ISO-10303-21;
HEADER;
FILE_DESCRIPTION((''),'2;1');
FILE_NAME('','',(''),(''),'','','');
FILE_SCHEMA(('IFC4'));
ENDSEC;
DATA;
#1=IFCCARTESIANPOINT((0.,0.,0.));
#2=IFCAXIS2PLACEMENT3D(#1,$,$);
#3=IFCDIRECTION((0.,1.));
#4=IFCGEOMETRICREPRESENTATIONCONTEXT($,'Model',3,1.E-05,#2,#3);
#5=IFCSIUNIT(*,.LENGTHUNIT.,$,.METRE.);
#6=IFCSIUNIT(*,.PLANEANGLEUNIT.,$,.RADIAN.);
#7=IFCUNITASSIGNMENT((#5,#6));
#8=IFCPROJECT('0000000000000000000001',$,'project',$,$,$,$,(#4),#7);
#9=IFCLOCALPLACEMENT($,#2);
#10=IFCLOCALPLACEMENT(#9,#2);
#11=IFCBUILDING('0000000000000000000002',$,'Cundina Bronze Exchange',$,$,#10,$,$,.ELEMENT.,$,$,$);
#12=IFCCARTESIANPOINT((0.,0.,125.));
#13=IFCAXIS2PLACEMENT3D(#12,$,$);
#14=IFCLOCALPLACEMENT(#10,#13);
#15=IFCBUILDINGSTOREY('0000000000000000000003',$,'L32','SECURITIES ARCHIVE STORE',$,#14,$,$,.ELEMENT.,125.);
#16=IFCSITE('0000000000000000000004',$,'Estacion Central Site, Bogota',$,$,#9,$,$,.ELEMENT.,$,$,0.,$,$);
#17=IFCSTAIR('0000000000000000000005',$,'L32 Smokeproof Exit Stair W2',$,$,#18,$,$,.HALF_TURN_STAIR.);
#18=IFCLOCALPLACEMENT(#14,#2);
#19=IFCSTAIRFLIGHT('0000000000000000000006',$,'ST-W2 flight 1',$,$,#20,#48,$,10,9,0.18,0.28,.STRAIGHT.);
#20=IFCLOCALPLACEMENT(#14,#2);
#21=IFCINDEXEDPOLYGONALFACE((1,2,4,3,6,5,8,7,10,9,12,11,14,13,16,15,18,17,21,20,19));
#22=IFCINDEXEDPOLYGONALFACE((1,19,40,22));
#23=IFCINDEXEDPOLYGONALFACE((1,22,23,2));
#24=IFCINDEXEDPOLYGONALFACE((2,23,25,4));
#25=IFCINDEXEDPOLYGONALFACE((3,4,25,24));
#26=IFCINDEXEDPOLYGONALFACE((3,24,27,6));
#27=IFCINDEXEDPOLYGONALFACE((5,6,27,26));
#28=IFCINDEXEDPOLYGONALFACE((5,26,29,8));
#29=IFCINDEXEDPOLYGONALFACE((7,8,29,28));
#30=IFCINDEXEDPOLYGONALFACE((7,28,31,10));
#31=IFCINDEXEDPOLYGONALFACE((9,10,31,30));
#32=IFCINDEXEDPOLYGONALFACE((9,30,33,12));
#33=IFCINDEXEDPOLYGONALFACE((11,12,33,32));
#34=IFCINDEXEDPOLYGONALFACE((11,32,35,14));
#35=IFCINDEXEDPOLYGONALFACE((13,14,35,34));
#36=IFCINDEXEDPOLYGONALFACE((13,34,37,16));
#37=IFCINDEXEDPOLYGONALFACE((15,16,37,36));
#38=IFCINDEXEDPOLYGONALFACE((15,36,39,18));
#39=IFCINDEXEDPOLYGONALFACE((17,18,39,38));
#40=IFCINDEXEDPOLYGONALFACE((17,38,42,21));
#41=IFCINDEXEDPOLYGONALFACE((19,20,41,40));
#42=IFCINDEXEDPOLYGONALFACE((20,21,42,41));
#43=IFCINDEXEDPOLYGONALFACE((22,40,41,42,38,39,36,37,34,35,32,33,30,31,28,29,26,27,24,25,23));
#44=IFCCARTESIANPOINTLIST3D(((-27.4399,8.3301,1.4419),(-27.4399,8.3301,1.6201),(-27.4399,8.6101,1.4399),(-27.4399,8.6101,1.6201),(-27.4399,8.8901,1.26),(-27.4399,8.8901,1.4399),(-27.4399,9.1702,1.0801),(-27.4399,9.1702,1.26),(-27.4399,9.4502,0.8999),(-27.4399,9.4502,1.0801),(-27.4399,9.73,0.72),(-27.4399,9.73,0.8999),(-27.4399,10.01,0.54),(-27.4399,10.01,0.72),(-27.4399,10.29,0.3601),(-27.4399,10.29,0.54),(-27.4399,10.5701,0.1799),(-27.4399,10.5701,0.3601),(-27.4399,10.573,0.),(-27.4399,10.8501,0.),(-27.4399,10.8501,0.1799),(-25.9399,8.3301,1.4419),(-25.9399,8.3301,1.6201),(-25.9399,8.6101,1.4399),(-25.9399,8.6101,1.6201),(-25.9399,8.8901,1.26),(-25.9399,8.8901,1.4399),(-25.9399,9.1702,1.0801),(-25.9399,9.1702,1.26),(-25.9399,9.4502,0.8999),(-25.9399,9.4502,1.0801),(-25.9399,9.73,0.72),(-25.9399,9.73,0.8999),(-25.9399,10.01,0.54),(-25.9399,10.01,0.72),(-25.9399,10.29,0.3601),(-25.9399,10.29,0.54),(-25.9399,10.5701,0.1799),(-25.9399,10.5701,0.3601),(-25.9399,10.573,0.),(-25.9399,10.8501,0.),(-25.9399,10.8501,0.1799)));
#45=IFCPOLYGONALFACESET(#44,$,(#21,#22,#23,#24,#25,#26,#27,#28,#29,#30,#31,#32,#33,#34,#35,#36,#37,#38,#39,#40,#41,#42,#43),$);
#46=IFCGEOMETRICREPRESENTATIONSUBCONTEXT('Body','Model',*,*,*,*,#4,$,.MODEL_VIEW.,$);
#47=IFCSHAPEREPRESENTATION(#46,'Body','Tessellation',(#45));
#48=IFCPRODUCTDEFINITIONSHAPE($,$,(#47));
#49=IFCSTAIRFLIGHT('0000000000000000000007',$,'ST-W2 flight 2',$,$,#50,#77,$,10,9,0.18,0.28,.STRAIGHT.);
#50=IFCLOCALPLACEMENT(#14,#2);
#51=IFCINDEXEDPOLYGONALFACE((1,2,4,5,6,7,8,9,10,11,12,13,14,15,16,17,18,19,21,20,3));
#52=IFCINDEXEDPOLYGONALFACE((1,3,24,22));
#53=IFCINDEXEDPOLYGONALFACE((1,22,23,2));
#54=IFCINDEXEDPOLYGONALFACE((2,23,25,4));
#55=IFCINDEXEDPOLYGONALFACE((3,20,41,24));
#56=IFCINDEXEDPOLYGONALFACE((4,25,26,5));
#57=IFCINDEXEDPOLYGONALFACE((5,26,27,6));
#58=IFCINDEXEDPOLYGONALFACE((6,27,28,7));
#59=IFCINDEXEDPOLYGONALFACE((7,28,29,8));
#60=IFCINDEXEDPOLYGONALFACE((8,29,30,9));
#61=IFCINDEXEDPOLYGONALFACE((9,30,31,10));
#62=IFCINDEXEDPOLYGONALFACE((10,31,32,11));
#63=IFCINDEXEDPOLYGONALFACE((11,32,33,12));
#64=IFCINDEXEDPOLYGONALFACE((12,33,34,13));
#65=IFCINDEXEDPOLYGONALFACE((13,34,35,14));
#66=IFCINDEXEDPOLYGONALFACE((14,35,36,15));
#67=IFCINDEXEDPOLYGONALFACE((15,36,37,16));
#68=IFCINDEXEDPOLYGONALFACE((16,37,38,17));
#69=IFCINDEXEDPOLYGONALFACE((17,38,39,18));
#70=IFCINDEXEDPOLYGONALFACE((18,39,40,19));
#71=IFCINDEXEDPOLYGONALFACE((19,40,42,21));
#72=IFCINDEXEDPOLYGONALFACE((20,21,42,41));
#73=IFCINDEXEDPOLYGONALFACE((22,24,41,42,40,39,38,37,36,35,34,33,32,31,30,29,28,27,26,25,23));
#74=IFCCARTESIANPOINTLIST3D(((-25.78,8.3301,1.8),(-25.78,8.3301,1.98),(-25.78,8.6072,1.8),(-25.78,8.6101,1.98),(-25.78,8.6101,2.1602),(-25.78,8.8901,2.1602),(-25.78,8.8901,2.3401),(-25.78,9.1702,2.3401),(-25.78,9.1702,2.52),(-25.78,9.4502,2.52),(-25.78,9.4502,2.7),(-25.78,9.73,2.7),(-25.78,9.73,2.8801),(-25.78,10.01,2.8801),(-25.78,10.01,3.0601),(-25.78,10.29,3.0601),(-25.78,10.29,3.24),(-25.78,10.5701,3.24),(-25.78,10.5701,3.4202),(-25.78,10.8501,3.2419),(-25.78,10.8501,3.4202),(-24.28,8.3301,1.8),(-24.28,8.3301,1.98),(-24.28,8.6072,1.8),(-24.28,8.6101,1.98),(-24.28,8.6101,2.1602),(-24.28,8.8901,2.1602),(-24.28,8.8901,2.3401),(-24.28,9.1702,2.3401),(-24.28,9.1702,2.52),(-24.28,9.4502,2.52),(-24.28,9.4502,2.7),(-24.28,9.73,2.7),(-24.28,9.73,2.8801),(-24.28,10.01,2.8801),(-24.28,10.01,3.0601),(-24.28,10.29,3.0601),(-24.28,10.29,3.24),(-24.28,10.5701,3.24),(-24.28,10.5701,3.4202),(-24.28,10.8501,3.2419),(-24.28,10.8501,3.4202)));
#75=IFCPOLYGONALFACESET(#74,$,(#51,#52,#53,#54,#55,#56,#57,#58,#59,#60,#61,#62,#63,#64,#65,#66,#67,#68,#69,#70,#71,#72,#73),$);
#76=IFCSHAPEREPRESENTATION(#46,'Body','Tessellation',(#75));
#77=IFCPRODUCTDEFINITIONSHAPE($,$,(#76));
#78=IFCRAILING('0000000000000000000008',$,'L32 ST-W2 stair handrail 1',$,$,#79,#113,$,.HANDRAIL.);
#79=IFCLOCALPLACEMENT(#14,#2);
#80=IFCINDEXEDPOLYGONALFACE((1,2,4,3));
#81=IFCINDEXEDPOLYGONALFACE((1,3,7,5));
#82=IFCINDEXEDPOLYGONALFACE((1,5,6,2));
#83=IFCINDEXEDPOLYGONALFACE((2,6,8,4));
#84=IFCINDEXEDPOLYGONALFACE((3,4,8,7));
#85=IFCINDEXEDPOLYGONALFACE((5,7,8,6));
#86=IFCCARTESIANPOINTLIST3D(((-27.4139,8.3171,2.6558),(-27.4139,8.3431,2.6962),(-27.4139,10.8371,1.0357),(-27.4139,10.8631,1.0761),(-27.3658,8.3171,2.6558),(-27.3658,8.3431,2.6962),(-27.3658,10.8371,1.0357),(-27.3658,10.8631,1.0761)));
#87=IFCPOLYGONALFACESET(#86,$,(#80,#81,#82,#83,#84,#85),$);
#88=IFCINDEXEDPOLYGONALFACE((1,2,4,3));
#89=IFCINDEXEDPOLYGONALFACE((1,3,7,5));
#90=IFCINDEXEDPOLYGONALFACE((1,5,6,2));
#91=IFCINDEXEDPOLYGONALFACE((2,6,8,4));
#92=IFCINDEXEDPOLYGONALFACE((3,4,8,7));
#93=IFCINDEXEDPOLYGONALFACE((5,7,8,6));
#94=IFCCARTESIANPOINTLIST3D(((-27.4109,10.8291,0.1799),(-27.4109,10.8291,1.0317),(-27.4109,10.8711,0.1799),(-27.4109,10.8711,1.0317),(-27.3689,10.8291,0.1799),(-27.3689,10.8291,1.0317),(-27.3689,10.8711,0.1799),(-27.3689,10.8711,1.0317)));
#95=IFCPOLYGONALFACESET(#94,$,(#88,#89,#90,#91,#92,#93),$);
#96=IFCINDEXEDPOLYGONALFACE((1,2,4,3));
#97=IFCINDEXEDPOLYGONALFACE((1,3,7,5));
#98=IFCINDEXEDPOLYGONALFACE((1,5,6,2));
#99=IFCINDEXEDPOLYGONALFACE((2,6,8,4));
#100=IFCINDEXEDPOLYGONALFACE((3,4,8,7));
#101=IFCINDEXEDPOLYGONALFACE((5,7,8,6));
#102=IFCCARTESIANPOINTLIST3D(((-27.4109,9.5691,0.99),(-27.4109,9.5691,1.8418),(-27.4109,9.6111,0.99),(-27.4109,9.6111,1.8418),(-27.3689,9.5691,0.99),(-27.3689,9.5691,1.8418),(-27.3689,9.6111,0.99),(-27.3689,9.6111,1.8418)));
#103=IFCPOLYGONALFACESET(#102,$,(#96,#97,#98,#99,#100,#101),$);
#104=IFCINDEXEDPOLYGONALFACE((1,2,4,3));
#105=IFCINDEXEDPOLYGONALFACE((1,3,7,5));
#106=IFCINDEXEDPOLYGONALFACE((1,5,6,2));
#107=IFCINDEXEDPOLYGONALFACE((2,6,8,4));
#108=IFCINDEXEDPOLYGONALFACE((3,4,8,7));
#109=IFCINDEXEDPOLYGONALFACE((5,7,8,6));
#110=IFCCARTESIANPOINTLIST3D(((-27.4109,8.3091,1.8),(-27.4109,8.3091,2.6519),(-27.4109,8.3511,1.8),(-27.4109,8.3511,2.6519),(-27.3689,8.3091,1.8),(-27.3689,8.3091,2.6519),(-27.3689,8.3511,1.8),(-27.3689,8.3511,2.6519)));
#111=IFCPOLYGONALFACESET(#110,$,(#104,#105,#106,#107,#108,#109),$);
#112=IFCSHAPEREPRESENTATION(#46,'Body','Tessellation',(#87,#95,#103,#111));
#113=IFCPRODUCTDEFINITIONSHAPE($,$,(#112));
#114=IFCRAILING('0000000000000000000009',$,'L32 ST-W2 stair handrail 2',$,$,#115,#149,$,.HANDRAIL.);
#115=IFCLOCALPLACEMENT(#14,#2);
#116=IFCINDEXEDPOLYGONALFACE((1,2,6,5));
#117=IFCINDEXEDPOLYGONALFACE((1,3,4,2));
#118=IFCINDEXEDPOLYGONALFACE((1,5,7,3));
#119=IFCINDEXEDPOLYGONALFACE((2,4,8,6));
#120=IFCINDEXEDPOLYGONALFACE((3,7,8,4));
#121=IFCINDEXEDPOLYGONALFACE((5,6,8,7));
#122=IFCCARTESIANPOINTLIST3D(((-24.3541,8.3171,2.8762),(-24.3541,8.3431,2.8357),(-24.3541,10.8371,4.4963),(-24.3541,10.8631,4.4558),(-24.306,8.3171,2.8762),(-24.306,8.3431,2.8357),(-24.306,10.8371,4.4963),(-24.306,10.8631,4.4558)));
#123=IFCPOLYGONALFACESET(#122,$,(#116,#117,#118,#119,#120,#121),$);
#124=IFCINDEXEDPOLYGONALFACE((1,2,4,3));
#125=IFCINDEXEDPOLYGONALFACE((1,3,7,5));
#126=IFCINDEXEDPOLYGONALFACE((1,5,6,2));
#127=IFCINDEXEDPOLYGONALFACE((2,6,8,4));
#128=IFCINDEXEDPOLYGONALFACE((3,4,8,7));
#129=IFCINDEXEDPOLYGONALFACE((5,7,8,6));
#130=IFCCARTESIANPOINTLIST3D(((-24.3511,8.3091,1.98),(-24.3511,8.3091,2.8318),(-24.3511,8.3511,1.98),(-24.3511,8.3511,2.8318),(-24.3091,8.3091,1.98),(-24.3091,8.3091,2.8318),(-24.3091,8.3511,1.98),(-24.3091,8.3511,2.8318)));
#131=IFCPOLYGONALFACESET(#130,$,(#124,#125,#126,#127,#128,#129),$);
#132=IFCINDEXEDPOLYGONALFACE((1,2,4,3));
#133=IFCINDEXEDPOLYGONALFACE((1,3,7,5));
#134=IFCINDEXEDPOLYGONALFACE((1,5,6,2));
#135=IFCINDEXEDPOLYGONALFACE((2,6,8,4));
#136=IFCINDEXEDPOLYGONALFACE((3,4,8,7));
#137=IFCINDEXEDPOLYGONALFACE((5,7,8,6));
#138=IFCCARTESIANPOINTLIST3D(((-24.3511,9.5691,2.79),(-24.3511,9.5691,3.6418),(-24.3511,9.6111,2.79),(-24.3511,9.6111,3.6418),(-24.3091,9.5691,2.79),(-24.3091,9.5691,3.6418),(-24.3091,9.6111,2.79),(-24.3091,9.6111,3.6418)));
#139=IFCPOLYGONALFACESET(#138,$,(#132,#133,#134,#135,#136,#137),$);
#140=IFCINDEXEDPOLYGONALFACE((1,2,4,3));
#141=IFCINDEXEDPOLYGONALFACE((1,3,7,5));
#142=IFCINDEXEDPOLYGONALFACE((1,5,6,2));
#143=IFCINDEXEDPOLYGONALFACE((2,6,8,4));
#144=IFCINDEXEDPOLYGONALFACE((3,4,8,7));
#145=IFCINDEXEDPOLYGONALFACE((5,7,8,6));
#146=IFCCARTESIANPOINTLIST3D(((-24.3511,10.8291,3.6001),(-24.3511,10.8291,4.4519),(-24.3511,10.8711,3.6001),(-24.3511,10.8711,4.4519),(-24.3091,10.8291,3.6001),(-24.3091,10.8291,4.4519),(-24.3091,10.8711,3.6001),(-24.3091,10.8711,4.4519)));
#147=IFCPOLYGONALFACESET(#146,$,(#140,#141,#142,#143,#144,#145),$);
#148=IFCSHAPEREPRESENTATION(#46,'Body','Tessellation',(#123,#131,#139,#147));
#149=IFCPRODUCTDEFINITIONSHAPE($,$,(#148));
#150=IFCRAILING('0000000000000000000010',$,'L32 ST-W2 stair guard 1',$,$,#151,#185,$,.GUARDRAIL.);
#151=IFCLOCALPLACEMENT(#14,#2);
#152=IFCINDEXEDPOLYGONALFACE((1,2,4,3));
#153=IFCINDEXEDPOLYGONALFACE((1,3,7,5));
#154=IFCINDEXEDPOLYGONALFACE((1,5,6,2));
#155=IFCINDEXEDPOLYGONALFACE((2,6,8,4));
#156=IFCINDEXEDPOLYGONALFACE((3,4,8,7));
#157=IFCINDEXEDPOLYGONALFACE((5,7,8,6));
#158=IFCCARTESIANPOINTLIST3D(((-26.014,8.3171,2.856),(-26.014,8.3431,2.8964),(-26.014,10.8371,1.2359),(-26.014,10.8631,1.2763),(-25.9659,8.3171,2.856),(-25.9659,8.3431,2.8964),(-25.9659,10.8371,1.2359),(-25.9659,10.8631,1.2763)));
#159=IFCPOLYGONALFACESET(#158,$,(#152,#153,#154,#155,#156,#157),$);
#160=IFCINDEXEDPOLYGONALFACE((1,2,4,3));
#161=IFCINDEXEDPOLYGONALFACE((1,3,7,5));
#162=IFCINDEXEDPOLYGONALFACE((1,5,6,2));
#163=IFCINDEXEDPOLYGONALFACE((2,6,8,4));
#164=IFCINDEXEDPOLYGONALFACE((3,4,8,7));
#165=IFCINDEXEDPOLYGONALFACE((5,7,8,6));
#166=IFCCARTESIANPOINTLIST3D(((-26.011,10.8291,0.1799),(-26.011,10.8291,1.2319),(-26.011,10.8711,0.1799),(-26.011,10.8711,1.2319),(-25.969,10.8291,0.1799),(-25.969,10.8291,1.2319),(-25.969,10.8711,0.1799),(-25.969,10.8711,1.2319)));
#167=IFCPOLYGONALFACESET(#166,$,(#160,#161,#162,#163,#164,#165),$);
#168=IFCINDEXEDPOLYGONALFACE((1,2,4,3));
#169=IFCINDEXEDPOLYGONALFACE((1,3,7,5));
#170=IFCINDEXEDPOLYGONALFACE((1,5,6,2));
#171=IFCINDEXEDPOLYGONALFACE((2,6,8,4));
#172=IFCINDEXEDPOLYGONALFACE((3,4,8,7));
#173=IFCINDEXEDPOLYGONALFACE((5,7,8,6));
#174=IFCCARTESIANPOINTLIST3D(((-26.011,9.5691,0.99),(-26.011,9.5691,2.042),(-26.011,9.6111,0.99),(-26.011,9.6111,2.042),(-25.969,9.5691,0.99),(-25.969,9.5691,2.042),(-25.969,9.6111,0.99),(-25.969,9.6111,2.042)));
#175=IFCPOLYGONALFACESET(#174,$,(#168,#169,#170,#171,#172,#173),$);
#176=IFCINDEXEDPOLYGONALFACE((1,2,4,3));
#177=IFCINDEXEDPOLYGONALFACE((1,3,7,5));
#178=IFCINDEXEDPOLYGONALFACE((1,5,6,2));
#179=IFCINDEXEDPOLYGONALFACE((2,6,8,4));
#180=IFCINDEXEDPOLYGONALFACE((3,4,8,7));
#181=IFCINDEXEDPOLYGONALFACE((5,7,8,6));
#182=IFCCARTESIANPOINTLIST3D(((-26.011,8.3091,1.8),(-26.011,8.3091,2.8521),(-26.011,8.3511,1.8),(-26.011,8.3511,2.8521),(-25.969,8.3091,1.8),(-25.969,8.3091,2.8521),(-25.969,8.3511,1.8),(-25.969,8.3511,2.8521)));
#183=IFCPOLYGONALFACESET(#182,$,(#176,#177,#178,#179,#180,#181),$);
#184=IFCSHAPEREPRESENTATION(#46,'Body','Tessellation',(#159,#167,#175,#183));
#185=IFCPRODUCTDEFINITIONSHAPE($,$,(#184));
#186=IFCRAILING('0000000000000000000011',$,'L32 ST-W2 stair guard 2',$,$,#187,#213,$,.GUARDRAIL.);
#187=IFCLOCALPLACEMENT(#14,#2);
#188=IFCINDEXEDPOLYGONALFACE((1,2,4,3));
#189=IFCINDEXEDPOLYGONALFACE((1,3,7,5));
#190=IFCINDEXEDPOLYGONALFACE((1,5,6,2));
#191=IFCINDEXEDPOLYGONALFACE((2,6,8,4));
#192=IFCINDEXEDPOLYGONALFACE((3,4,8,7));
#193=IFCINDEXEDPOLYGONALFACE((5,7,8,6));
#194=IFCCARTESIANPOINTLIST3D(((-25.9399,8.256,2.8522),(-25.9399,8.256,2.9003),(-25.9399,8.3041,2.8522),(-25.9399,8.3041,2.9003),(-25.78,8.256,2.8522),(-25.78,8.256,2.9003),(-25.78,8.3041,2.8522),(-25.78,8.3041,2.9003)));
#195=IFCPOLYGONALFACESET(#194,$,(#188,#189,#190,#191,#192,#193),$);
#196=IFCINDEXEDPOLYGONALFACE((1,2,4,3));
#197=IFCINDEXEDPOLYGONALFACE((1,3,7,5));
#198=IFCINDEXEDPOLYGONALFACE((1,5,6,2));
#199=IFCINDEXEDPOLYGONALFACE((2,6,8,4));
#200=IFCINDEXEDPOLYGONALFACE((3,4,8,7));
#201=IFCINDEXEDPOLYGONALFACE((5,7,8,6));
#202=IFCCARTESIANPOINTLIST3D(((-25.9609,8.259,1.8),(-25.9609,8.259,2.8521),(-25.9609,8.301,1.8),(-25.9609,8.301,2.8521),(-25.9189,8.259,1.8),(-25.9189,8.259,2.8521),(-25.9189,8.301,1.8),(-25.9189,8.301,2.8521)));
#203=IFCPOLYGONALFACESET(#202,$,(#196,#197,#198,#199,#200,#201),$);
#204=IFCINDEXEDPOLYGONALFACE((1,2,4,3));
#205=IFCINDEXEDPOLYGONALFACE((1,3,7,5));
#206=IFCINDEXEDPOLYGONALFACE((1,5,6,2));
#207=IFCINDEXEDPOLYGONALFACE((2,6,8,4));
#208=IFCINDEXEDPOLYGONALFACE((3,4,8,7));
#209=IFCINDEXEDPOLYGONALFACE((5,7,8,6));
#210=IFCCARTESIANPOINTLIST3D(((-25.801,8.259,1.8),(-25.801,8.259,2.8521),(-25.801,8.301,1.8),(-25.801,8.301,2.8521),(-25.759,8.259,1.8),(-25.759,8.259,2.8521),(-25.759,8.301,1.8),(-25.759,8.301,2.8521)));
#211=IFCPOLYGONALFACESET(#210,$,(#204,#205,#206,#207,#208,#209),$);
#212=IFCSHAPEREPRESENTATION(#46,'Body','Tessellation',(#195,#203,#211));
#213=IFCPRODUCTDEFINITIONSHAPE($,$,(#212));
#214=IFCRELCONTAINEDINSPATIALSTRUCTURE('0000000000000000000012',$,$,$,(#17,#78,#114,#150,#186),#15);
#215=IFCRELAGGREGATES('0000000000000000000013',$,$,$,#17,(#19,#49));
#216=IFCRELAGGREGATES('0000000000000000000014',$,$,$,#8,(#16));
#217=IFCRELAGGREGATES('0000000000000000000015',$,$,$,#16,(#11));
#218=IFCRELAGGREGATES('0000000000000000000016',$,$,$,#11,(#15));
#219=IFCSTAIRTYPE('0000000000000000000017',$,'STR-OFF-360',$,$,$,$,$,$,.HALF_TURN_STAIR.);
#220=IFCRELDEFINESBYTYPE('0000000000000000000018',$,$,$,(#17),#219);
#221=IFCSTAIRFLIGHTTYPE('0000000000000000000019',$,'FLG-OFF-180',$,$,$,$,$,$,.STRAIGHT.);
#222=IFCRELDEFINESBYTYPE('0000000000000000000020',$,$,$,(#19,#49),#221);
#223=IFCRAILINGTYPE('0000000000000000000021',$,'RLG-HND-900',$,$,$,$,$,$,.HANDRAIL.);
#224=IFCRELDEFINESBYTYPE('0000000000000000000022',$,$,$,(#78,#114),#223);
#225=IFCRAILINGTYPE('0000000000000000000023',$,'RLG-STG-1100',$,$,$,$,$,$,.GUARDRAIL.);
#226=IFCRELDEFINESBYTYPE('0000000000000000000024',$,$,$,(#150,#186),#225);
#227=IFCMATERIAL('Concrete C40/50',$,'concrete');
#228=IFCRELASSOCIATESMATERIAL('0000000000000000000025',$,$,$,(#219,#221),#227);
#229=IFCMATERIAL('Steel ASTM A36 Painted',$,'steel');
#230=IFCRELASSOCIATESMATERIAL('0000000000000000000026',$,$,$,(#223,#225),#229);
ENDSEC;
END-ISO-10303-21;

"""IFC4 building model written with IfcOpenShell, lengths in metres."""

from ifc_helpers import new_model, si_unit, direction, frame, origin, origin_2d, place, context, subcontext, project, spatial, polyline, rectangle, outline, extrude, material, type_object, element, aggregate, save


model = new_model("IFC4")

# Units and contexts
model_context = context("Model", 3, precision=1e-05, world=origin(), true_north=direction((0.0, 1.0)))
body_context = subcontext(model_context, "Body", "Model", "MODEL_VIEW")
ifc_project = project(units=[si_unit("LENGTHUNIT", "METRE"), si_unit("PLANEANGLEUNIT", "RADIAN")], contexts=[model_context])

# Site, building, storey
site_placement = place(None, origin())
site = spatial("IfcSite", under=ifc_project, at=site_placement, Name="Estacion Central Site, Bogota", CompositionType="ELEMENT", RefElevation=0.0)
building_placement = place(site_placement, origin())
building = spatial("IfcBuilding", under=site, at=building_placement, Name="Cundina Bronze Exchange", CompositionType="ELEMENT")
storey_placement = place(building_placement, frame((0.0, 0.0, 125.0)))
storey = spatial("IfcBuildingStorey", under=building, at=storey_placement, Name="L32", Description="SECURITIES ARCHIVE STORE", CompositionType="ELEMENT", Elevation=125.0)

# Shared definitions
ifc_material_1 = material(Name="Steel ASTM A36 Painted", Category="steel")

# Stair, stair flights
ifc_material_2 = material(Name="Concrete C40/50", Category="concrete")
stair_type = type_object("IfcStairType", Name="STR-OFF-360", PredefinedType="HALF_TURN_STAIR", material=ifc_material_2)
stair_placement = place(storey_placement, origin())
stair = element("IfcStair", 1, at=stair_placement, inside=storey, type_object=stair_type, Name="L32 Smokeproof Exit Stair W2", PredefinedType="HALF_TURN_STAIR")
stair_flight_type = type_object("IfcStairFlightType", Name="FLG-OFF-180", PredefinedType="STRAIGHT", material=ifc_material_2)
stair_flight_1_placement = place(storey_placement, frame((-26.6899, 10.8501, 0.0), z_axis=(0.0, 0.0, 1.0), x_axis=(0.0, -1.0, 0.0)))
stair_flight_1 = element("IfcStairFlight", 2, at=stair_flight_1_placement, type_object=stair_flight_type, Name="ST-W2 flight 1", NumberOfRisers=10, NumberOfTreads=9, PredefinedType="STRAIGHT", RiserHeight=0.18, TreadLength=0.28, context=body_context, shape_type="SweptSolid", body=[
    extrude(outline(polyline([(0.0, 0.0), (0.0, 0.1799), (0.28, 0.1799), (0.28, 0.3601), (0.5601, 0.3601), (0.5601, 0.54), (0.8401, 0.54), (0.8401, 0.72), (1.1201, 0.72), (1.1201, 0.8999), (1.3999, 0.8999), (1.3999, 1.0801), (1.6799, 1.0801), (1.6799, 1.26), (1.96, 1.26), (1.96, 1.4399), (2.24, 1.4399), (2.24, 1.6201), (2.52, 1.6201), (2.52, 1.8), (2.52, 1.4419), (0.2771, 0.0), (0.0, 0.0)])), frame((0.0, 0.75, 0.0), z_axis=(0.0, -1.0, 0.0), x_axis=(1.0, 0.0, 0.0)), (0.0, 0.0, 1.0), 1.5),
])
stair_flight_2_placement = place(storey_placement, frame((-25.03, 8.3301, 1.8), z_axis=(0.0, 0.0, 1.0), x_axis=(0.0, 1.0, 0.0)))
stair_flight_2 = element("IfcStairFlight", 3, at=stair_flight_2_placement, type_object=stair_flight_type, Name="ST-W2 flight 2", NumberOfRisers=10, NumberOfTreads=9, PredefinedType="STRAIGHT", RiserHeight=0.18, TreadLength=0.28, context=body_context, shape_type="SweptSolid", body=[
    extrude(outline(polyline([(0.0, 0.0), (0.0, 0.1799), (0.28, 0.1799), (0.28, 0.3601), (0.5601, 0.3601), (0.5601, 0.54), (0.8401, 0.54), (0.8401, 0.72), (1.1201, 0.72), (1.1201, 0.8999), (1.3999, 0.8999), (1.3999, 1.0801), (1.6799, 1.0801), (1.6799, 1.26), (1.96, 1.26), (1.96, 1.4399), (2.24, 1.4399), (2.24, 1.6201), (2.52, 1.6201), (2.52, 1.8), (2.52, 1.4419), (0.2771, 0.0), (0.0, 0.0)])), frame((0.0, 0.75, 0.0), z_axis=(0.0, -1.0, 0.0), x_axis=(1.0, 0.0, 0.0)), (0.0, 0.0, 1.0), 1.5),
])
aggregate(stair, [stair_flight_1, stair_flight_2])

# Railings
railing_type_1 = type_object("IfcRailingType", Name="RLG-HND-900", PredefinedType="HANDRAIL", material=ifc_material_1)
railing_1_placement = place(storey_placement, frame((-27.3899, 10.8501, 0.1799)))
element("IfcRailing", 4, at=railing_1_placement, inside=storey, type_object=railing_type_1, Name="L32 ST-W2 stair handrail 1", PredefinedType="HANDRAIL", context=body_context, shape_type="SweptSolid", body=[
    extrude(rectangle(XDim=0.0481, YDim=0.0481, at=origin_2d()), frame((0.0, 0.0, 0.876), z_axis=(0.0, -0.841163, 0.540782), x_axis=(1.0, 0.0, 0.0)), (0.0, 0.0, 1.0), 2.9958),
    extrude(rectangle(XDim=0.042, YDim=0.042, at=origin_2d()), origin(), (0.0, 0.0, 1.0), 0.8518),
    extrude(rectangle(XDim=0.042, YDim=0.042, at=origin_2d()), frame((0.0, -1.26, 0.8101)), (0.0, 0.0, 1.0), 0.8518),
    extrude(rectangle(XDim=0.042, YDim=0.042, at=origin_2d()), frame((0.0, -2.52, 1.6201)), (0.0, 0.0, 1.0), 0.8518),
])
railing_2_placement = place(storey_placement, frame((-24.3301, 8.3301, 1.98)))
element("IfcRailing", 5, at=railing_2_placement, inside=storey, type_object=railing_type_1, Name="L32 ST-W2 stair handrail 2", PredefinedType="HANDRAIL", context=body_context, shape_type="SweptSolid", body=[
    extrude(rectangle(XDim=0.0481, YDim=0.0481, at=origin_2d()), frame((0.0, 0.0, 0.876), z_axis=(0.0, 0.841163, 0.540782), x_axis=(-1.0, 0.0, 0.0)), (0.0, 0.0, 1.0), 2.9958),
    extrude(rectangle(XDim=0.042, YDim=0.042, at=origin_2d()), origin(), (0.0, 0.0, 1.0), 0.8518),
    extrude(rectangle(XDim=0.042, YDim=0.042, at=origin_2d()), frame((0.0, 1.26, 0.8101)), (0.0, 0.0, 1.0), 0.8518),
    extrude(rectangle(XDim=0.042, YDim=0.042, at=origin_2d()), frame((0.0, 2.52, 1.6201)), (0.0, 0.0, 1.0), 0.8518),
])
railing_type_2 = type_object("IfcRailingType", Name="RLG-STG-1100", PredefinedType="GUARDRAIL", material=ifc_material_1)
railing_3_placement = place(storey_placement, frame((-25.99, 10.8501, 0.1799)))
element("IfcRailing", 6, at=railing_3_placement, inside=storey, type_object=railing_type_2, Name="L32 ST-W2 stair guard 1", PredefinedType="GUARDRAIL", context=body_context, shape_type="SweptSolid", body=[
    extrude(rectangle(XDim=0.0481, YDim=0.0481, at=origin_2d()), frame((0.0, 0.0, 1.0762), z_axis=(0.0, -0.841163, 0.540782), x_axis=(1.0, 0.0, 0.0)), (0.0, 0.0, 1.0), 2.9958),
    extrude(rectangle(XDim=0.042, YDim=0.042, at=origin_2d()), origin(), (0.0, 0.0, 1.0), 1.052),
    extrude(rectangle(XDim=0.042, YDim=0.042, at=origin_2d()), frame((0.0, -1.26, 0.8101)), (0.0, 0.0, 1.0), 1.052),
    extrude(rectangle(XDim=0.042, YDim=0.042, at=origin_2d()), frame((0.0, -2.52, 1.6201)), (0.0, 0.0, 1.0), 1.052),
])
railing_4_placement = place(storey_placement, frame((-25.9399, 8.28, 1.8)))
element("IfcRailing", 7, at=railing_4_placement, inside=storey, type_object=railing_type_2, Name="L32 ST-W2 stair guard 2", PredefinedType="GUARDRAIL", context=body_context, shape_type="SweptSolid", body=[
    extrude(rectangle(XDim=0.0481, YDim=0.0481, at=origin_2d()), frame((0.0, 0.0, 1.0762), z_axis=(1.0, 0.0, 0.0), x_axis=(0.0, 1.0, 0.0)), (0.0, 0.0, 1.0), 0.1599),
    extrude(rectangle(XDim=0.042, YDim=0.042, at=origin_2d()), origin(), (0.0, 0.0, 1.0), 1.052),
    extrude(rectangle(XDim=0.042, YDim=0.042, at=origin_2d()), frame((0.1599, 0.0, 0.0)), (0.0, 0.0, 1.0), 1.052),
])

save(model, "model.ifc")
